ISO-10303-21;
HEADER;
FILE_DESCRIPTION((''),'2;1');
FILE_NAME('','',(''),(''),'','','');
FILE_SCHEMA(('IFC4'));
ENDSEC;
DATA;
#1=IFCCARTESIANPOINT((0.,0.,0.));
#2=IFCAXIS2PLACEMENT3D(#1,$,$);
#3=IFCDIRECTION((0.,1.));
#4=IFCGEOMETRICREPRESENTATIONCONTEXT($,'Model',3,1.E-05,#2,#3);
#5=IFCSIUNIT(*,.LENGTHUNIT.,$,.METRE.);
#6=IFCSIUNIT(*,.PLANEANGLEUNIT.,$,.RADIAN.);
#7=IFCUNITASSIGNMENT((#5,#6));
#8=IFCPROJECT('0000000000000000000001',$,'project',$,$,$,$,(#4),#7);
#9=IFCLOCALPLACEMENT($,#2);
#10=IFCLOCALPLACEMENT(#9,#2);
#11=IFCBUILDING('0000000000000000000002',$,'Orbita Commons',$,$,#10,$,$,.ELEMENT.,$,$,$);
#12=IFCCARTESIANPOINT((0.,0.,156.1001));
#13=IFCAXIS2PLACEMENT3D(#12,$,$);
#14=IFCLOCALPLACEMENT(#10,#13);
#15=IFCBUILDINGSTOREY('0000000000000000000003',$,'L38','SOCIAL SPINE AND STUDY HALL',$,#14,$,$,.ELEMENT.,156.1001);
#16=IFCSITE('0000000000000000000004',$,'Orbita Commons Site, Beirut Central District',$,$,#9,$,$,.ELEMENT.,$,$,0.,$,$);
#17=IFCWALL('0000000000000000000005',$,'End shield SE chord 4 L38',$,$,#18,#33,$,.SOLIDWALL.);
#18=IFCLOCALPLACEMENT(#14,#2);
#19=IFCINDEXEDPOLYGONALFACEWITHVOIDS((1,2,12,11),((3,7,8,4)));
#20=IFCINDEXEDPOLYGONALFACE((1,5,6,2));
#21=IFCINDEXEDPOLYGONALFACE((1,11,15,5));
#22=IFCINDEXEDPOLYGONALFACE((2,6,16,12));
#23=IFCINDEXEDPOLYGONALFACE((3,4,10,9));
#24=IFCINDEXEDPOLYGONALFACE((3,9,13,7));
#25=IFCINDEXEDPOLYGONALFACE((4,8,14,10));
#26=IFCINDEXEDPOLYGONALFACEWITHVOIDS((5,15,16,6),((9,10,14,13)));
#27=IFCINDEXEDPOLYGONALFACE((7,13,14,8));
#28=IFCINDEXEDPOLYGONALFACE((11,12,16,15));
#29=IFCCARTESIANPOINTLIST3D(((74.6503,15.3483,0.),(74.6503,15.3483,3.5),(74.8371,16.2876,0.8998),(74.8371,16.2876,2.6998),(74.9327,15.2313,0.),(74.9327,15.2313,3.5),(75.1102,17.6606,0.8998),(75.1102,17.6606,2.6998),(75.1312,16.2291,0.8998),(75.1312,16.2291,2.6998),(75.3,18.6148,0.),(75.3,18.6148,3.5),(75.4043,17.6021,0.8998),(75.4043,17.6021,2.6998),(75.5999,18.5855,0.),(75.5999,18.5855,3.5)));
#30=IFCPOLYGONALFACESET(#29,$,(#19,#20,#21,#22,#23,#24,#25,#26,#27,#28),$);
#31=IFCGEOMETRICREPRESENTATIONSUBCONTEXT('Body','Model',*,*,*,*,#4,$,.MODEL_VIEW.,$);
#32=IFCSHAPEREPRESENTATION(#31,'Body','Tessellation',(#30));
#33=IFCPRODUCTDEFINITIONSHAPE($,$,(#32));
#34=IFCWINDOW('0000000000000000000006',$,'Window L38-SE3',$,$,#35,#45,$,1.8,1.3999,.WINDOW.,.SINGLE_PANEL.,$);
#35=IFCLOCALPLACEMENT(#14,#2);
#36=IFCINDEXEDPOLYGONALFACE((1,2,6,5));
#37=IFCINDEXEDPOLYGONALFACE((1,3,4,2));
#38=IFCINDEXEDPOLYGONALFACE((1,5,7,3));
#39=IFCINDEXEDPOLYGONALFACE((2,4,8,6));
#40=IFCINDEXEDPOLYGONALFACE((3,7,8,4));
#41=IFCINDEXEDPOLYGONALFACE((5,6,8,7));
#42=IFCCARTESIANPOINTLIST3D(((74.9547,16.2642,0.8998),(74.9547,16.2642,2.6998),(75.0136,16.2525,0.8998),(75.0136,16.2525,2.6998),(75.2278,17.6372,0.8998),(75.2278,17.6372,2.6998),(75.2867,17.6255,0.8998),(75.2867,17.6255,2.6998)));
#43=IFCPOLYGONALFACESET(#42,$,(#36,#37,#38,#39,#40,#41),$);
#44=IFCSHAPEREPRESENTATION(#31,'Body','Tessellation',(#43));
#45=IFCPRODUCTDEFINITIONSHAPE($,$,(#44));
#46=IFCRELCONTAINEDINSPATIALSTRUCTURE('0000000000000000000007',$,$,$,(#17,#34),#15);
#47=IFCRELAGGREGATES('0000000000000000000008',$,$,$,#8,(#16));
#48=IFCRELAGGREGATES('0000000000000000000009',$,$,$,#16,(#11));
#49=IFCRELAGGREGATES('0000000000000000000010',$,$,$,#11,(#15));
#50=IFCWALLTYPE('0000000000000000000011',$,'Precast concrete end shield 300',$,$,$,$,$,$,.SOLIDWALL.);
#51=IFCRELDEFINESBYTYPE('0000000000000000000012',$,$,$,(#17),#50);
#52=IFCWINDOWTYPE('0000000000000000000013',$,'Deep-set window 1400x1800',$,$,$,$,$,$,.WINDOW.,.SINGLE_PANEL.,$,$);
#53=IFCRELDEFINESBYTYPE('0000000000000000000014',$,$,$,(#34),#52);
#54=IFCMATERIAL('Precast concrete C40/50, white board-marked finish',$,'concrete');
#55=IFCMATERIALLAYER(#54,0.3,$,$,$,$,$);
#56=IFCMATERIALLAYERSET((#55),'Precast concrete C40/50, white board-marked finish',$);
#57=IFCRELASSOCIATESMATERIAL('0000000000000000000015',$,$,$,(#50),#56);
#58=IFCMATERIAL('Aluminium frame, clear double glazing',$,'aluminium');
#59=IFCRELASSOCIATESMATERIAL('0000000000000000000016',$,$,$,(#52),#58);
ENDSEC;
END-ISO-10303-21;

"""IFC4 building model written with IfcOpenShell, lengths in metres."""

from ifc_helpers import new_model, si_unit, direction, frame, frame_2d, origin, place, context, subcontext, project, spatial, polyline, rectangle, outline, extrude, material, layer, layer_set, type_object, element, fill, save


model = new_model("IFC4")

# Units and contexts
model_context = context("Model", 3, precision=1e-05, world=origin(), true_north=direction((0.0, 1.0)))
body_context = subcontext(model_context, "Body", "Model", "MODEL_VIEW")
ifc_project = project(units=[si_unit("LENGTHUNIT", "METRE"), si_unit("PLANEANGLEUNIT", "RADIAN")], contexts=[model_context])

# Site, building, storey
site_placement = place(None, origin())
site = spatial("IfcSite", under=ifc_project, at=site_placement, Name="Orbita Commons Site, Beirut Central District", CompositionType="ELEMENT", RefElevation=0.0)
building_placement = place(site_placement, origin())
building = spatial("IfcBuilding", under=site, at=building_placement, Name="Orbita Commons", CompositionType="ELEMENT")
storey_placement = place(building_placement, frame((0.0, 0.0, 156.1001)))
storey = spatial("IfcBuildingStorey", under=building, at=storey_placement, Name="L38", Description="SOCIAL SPINE AND STUDY HALL", CompositionType="ELEMENT", Elevation=156.1001)

# Shared definitions
ifc_material_1 = material(Name="Precast concrete C40/50, white board-marked finish", Category="concrete")
ifc_layer_1 = layer(ifc_material_1, 0.3)
ifc_layer_set_1 = layer_set([ifc_layer_1], Name="Precast concrete C40/50, white board-marked finish")
wall_type_1 = type_object("IfcWallType", Name="Precast concrete end shield 300", PredefinedType="SOLIDWALL", material=ifc_layer_set_1)

# Wall, opening, window
wall_1_placement = place(storey_placement, frame((74.7915, 15.2898, 0.0), z_axis=(0.0, 0.0, 1.0), x_axis=(0.195087, 0.980786, 0.0)))
wall_1 = element("IfcWall", 1, at=wall_1_placement, inside=storey, type_object=wall_type_1, Name="End shield SE chord 4 L38", PredefinedType="SOLIDWALL", context=body_context, shape_type="SweptSolid", body=[
    extrude(outline(polyline([(-0.0298, -0.1499), (3.3901, -0.1499), (3.3604, 0.1499), (0.0298, 0.1499), (-0.0298, -0.1499)])), origin(), (0.0, 0.0, 1.0), 3.5),
])
opening_1_placement = place(wall_1_placement, frame((0.9875, 0.0, 0.8999)))
opening_1 = element("IfcOpeningElement", 2, at=opening_1_placement, cuts=wall_1, PredefinedType="OPENING", context=body_context, shape_type="SweptSolid", body=[
    extrude(rectangle(XDim=1.3999, YDim=1.8, at=frame_2d((0.7, 0.8999))), frame((0.0, 0.1599, 0.0), z_axis=(0.0, -1.0, 0.0), x_axis=(1.0, 0.0, 0.0)), (0.0, 0.0, 1.0), 0.3201),
])
ifc_material_2 = material(Name="Aluminium frame, clear double glazing", Category="aluminium")
window_type_1 = type_object("IfcWindowType", Name="Deep-set window 1400x1800", PartitioningType="SINGLE_PANEL", PredefinedType="WINDOW", material=ifc_material_2)
window_1_placement = place(opening_1_placement, origin())
window_1 = element("IfcWindow", 3, at=window_1_placement, inside=storey, type_object=window_type_1, Name="Window L38-SE3", OverallHeight=1.8, OverallWidth=1.3999, PartitioningType="SINGLE_PANEL", PredefinedType="WINDOW", context=body_context, shape_type="SweptSolid", body=[
    extrude(rectangle(XDim=1.3999, YDim=1.8, at=frame_2d((0.7, 0.8999))), frame((0.0, 0.03, 0.0), z_axis=(0.0, -1.0, 0.0), x_axis=(1.0, 0.0, 0.0)), (0.0, 0.0, 1.0), 0.0601),
])
fill(opening_1, window_1)

save(model, "model.ifc")
